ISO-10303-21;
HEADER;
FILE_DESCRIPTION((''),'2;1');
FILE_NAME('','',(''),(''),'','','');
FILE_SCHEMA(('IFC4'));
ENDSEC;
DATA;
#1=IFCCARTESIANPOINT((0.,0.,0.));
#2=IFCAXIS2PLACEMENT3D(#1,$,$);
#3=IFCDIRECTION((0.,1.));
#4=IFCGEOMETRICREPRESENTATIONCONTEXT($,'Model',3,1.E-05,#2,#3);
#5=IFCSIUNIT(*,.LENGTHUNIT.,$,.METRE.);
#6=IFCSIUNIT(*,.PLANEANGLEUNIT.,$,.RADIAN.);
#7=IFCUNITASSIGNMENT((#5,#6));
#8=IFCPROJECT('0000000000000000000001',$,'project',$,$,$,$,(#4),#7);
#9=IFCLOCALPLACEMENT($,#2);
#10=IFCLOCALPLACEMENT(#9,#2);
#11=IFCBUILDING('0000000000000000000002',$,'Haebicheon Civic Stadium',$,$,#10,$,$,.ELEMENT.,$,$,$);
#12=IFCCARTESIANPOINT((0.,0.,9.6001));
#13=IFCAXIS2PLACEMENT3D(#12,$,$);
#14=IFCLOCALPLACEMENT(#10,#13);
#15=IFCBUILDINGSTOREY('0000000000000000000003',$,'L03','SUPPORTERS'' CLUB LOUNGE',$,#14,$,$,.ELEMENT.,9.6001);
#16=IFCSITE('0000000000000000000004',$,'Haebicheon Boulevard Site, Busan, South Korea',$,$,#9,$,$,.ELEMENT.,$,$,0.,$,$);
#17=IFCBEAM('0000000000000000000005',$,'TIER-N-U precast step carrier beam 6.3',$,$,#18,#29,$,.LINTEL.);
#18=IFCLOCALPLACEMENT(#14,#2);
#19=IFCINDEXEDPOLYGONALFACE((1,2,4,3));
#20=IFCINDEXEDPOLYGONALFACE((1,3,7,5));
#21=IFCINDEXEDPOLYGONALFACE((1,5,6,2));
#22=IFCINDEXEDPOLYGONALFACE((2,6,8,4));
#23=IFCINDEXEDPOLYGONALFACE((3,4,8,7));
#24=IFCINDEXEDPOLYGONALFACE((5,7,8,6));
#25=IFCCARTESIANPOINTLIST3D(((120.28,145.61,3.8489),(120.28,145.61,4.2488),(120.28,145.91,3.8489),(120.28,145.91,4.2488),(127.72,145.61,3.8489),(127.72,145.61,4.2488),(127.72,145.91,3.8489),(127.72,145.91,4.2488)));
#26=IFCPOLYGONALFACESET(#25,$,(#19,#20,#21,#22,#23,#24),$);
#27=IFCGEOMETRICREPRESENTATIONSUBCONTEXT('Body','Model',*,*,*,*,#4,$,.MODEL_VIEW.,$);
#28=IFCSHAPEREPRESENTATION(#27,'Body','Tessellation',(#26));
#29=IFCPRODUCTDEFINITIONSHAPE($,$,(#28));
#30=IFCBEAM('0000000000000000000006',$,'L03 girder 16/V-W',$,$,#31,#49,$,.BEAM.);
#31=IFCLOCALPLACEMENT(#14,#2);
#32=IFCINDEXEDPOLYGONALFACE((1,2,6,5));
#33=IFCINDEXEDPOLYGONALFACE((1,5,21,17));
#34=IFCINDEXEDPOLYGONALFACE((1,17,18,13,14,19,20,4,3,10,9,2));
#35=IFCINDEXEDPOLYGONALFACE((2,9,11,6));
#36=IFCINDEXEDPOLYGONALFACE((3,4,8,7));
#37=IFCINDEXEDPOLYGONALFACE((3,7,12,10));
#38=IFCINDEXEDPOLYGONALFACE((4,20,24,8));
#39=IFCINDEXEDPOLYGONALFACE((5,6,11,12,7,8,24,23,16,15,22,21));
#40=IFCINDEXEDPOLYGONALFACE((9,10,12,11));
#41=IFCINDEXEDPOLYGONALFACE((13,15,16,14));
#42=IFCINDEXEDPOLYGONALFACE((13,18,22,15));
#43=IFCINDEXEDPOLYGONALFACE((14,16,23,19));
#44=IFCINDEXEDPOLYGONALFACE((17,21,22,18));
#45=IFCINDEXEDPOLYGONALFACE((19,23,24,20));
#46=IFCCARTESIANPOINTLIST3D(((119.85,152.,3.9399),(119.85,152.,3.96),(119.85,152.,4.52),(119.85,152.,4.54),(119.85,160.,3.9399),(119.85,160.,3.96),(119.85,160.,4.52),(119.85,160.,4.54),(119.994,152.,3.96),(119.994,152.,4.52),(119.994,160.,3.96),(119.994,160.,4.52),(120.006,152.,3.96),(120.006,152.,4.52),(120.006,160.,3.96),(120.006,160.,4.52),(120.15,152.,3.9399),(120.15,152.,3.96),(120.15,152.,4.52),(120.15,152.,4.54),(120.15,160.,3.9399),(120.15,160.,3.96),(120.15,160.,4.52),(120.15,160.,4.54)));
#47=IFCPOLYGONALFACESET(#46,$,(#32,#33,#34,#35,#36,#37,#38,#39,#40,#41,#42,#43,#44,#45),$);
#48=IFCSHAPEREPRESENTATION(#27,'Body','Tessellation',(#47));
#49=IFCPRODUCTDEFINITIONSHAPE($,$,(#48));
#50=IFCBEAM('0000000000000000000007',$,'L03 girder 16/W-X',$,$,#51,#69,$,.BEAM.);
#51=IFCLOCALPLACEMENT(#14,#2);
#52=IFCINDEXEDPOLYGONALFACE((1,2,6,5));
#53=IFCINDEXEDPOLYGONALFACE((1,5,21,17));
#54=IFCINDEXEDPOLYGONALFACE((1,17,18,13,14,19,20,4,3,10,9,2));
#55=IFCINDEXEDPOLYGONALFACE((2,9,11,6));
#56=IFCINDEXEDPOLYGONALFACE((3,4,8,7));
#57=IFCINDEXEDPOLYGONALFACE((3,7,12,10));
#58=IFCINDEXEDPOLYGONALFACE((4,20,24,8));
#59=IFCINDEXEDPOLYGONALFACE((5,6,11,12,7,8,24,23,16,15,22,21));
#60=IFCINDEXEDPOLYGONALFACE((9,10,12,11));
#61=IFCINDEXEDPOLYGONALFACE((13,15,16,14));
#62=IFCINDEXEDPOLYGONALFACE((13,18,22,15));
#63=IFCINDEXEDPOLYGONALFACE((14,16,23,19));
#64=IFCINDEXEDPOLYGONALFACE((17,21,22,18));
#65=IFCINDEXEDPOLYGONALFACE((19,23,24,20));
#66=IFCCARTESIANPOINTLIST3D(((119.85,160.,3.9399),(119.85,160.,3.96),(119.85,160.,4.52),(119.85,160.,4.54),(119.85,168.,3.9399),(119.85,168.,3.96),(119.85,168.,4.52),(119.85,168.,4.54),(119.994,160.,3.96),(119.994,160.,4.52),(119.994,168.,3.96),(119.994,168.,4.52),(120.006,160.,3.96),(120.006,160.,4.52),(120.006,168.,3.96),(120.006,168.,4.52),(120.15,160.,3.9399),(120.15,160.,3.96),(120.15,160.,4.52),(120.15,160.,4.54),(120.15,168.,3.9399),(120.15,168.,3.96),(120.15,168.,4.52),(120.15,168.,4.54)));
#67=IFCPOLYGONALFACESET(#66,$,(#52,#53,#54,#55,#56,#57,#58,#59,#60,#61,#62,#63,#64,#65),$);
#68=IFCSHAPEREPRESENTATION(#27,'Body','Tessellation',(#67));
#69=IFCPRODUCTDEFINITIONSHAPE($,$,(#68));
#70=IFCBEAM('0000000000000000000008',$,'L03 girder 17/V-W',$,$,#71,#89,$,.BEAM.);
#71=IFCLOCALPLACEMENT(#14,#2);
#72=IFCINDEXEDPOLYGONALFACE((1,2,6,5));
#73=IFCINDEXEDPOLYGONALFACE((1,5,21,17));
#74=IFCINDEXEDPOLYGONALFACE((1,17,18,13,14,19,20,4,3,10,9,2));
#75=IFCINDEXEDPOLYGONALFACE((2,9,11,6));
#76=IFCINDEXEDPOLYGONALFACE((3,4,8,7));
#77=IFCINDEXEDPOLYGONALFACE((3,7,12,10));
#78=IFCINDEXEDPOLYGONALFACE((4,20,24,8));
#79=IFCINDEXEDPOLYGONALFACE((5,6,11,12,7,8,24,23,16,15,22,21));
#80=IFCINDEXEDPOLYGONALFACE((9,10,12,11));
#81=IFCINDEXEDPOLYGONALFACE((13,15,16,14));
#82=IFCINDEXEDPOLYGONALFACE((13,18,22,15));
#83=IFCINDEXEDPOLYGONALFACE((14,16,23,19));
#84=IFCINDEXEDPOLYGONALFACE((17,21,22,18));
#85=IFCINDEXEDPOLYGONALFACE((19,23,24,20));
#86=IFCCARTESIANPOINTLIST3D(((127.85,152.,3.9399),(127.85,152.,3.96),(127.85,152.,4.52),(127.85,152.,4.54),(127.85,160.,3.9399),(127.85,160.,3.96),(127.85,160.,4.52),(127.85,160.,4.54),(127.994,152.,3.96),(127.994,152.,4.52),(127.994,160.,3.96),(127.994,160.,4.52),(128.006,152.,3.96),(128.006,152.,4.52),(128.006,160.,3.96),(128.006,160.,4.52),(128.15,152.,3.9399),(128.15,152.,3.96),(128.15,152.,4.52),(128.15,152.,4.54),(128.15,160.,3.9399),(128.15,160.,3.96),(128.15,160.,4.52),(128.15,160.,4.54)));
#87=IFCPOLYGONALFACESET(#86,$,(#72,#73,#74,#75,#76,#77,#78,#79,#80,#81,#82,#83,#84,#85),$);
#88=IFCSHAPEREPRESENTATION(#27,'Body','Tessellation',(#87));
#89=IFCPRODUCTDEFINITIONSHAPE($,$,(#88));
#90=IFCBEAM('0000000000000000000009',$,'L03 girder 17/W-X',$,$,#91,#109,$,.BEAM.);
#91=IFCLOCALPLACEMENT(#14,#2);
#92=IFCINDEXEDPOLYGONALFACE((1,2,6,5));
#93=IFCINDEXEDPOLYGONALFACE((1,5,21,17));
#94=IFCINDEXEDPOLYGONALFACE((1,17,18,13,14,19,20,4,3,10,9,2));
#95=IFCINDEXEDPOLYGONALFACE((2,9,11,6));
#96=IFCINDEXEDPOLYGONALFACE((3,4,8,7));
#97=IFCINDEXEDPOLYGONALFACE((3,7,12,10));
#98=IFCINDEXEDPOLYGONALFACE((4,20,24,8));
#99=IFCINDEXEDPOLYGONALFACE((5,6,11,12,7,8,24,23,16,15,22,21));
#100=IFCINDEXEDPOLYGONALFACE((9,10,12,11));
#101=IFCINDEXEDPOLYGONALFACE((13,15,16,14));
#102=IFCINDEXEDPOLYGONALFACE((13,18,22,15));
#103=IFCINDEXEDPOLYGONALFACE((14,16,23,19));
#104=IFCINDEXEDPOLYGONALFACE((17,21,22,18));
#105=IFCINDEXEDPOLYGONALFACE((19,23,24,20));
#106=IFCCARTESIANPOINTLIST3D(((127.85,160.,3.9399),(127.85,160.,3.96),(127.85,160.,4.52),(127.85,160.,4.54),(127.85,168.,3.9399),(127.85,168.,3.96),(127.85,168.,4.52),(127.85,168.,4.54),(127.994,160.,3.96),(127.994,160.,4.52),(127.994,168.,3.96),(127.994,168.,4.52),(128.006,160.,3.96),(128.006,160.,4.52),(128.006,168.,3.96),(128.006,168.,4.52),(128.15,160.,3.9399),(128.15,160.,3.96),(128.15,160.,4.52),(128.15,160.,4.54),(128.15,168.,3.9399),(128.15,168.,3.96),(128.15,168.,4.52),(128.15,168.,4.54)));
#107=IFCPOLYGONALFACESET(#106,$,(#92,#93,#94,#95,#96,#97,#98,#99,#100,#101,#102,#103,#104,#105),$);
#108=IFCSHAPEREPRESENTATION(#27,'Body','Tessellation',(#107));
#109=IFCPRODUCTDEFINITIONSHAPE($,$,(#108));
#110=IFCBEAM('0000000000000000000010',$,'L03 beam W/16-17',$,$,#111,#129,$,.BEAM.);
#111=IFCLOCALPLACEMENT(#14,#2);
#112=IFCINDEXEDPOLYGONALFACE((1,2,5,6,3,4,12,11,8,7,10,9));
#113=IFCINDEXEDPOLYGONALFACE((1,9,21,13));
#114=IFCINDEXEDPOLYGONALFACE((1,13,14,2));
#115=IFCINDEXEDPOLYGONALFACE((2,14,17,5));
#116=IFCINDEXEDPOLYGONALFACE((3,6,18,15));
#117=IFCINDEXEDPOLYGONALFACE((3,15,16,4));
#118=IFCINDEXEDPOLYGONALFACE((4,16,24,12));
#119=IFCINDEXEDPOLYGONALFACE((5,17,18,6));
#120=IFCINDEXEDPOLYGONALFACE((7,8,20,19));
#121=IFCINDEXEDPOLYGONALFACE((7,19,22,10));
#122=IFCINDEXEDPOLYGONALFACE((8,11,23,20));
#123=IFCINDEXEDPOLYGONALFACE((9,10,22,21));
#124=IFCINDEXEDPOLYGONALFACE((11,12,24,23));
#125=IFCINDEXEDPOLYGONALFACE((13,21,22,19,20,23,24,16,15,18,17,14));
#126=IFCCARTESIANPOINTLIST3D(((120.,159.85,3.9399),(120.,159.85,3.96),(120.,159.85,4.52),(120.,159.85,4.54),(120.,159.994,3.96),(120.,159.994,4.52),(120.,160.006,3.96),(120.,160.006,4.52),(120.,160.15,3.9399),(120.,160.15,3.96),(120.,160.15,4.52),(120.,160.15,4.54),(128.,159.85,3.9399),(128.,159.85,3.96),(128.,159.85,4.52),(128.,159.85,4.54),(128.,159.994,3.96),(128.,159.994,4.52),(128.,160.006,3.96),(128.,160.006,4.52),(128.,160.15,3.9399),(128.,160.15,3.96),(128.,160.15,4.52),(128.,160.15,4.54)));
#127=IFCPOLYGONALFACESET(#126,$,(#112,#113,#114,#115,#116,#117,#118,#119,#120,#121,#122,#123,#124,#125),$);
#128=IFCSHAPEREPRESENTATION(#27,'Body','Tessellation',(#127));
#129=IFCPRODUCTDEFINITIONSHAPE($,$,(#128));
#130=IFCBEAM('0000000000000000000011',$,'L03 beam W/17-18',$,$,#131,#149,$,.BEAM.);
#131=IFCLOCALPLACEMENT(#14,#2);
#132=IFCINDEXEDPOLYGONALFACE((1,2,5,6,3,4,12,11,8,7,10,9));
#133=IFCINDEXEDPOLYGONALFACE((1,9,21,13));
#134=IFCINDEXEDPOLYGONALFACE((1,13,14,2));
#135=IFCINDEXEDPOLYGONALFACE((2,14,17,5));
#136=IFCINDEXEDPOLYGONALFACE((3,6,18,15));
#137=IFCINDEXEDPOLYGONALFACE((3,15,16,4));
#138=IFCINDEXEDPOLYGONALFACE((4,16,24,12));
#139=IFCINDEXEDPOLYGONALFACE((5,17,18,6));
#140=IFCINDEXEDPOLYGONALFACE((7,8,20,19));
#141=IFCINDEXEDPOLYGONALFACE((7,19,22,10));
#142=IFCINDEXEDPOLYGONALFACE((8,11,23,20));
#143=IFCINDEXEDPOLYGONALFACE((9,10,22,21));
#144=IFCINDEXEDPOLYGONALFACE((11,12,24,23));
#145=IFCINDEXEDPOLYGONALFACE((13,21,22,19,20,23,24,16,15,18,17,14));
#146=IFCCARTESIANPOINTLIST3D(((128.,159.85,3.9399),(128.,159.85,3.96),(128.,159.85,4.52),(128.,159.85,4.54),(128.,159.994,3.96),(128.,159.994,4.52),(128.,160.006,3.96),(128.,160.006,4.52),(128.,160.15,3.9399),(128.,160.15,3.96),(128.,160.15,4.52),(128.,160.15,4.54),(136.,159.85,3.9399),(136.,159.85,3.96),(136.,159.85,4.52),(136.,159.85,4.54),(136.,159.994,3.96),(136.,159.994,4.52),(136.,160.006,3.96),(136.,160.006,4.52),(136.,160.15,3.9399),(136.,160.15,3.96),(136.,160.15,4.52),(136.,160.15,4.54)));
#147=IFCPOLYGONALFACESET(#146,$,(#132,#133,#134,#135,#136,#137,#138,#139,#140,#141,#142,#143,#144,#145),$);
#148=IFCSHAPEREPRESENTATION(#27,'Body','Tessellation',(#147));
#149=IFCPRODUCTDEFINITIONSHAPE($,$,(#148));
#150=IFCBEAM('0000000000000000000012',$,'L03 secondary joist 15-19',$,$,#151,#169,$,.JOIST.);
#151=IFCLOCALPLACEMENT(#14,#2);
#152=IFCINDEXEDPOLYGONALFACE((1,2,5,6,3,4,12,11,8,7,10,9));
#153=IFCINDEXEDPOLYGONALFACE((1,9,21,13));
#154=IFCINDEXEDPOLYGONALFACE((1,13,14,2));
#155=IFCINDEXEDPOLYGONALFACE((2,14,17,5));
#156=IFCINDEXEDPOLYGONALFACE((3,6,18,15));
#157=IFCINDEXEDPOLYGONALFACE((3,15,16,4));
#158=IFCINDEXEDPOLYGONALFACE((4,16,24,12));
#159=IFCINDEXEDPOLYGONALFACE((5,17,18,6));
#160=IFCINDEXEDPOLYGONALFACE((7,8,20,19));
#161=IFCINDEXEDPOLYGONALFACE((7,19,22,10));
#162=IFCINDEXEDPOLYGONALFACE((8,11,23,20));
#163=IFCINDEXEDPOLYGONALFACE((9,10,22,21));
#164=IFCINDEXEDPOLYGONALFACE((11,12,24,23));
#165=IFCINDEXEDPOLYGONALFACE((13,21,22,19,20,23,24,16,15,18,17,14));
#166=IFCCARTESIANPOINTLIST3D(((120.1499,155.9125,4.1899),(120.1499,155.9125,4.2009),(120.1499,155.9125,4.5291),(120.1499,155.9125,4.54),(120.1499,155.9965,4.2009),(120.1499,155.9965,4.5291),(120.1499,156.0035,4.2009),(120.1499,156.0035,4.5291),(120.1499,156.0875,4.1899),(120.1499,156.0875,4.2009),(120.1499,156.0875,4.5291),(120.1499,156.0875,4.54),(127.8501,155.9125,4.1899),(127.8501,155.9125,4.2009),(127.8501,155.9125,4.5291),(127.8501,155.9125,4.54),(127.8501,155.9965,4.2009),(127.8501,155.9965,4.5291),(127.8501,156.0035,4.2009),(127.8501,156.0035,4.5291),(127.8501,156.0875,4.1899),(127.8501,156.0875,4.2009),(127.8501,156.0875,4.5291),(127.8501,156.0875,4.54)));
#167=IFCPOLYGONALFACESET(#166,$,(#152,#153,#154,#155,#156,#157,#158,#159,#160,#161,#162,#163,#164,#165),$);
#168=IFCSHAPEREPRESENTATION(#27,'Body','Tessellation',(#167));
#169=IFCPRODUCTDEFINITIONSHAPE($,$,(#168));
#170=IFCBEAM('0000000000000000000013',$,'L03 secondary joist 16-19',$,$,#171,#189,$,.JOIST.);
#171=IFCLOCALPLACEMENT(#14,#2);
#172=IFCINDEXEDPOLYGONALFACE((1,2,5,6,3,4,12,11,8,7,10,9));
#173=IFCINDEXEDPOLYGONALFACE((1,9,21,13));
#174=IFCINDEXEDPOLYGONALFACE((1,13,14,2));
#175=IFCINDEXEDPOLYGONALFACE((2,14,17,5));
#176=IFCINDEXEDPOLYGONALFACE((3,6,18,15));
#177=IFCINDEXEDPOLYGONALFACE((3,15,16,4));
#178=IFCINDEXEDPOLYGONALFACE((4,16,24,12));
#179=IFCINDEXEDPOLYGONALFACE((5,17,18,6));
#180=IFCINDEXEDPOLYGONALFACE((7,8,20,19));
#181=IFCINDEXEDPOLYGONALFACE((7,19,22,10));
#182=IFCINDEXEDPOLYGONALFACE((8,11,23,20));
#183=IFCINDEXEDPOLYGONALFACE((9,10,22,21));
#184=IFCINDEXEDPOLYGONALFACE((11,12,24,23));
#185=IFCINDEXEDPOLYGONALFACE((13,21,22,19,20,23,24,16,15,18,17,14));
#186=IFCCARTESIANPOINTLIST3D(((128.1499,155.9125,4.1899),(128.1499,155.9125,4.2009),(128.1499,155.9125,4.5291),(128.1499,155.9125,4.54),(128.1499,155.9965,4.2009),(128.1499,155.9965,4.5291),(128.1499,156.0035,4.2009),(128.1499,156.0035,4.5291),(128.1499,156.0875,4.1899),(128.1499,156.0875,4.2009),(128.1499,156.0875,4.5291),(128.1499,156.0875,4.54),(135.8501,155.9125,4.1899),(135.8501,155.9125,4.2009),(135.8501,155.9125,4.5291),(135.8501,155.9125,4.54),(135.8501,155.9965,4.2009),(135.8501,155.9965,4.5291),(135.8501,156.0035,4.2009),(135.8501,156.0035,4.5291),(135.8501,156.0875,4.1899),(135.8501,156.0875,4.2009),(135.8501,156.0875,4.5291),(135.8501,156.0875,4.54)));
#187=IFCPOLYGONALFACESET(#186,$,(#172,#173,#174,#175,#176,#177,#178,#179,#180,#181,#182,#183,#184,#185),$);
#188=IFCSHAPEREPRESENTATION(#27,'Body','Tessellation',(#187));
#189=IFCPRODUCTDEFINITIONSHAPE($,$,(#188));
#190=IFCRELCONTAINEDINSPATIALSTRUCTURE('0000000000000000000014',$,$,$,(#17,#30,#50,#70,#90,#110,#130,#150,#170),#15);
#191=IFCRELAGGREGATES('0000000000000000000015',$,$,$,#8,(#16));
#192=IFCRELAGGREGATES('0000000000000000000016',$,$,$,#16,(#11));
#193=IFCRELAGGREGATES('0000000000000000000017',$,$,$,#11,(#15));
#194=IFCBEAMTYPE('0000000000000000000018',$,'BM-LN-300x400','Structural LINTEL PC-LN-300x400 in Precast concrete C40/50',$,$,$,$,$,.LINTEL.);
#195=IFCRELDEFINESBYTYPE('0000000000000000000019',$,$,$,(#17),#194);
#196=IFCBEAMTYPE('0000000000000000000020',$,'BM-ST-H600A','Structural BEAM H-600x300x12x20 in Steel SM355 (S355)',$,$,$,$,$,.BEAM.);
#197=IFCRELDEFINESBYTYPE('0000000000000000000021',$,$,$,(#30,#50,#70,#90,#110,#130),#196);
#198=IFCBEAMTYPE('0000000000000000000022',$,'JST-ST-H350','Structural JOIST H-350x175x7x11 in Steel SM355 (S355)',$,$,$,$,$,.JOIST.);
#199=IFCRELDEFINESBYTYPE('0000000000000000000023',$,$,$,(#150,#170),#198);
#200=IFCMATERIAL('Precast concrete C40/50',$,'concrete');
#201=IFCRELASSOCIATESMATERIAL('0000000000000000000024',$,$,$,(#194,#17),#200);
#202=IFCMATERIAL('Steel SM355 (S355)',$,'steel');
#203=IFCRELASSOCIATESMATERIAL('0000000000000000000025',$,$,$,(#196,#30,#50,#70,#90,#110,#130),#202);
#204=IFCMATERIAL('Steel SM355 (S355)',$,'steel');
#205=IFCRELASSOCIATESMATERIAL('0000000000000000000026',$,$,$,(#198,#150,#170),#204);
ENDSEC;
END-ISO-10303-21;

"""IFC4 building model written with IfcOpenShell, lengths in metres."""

from ifc_helpers import new_model, si_unit, direction, frame, origin, origin_2d, place, context, subcontext, project, spatial, rectangle, i_section, extrude, material, material_profile, profile_set, type_object, element, save


model = new_model("IFC4")

# Units and contexts
model_context = context("Model", 3, precision=1e-05, world=origin(), true_north=direction((0.0, 1.0)))
body_context = subcontext(model_context, "Body", "Model", "MODEL_VIEW")
ifc_project = project(units=[si_unit("LENGTHUNIT", "METRE"), si_unit("PLANEANGLEUNIT", "RADIAN")], contexts=[model_context])

# Site, building, storey
site_placement = place(None, origin())
site = spatial("IfcSite", under=ifc_project, at=site_placement, Name="Haebicheon Boulevard Site, Busan, South Korea", CompositionType="ELEMENT", RefElevation=0.0)
building_placement = place(site_placement, origin())
building = spatial("IfcBuilding", under=site, at=building_placement, Name="Haebicheon Civic Stadium", CompositionType="ELEMENT")
storey_placement = place(building_placement, frame((0.0, 0.0, 9.6001)))
storey = spatial("IfcBuildingStorey", under=building, at=storey_placement, Name="L03", Description="SUPPORTERS' CLUB LOUNGE", CompositionType="ELEMENT", Elevation=9.6001)

# Beams
ifc_material_1 = material(Name="Precast concrete C40/50", Category="concrete")
ifc_material_profile_1 = material_profile(ifc_material_1, rectangle(XDim=0.3, YDim=0.3999, at=origin_2d()), Name="PC-LN-300x400")
ifc_profile_set_1 = profile_set([ifc_material_profile_1], Name="Precast concrete C40/50")
beam_type_1 = type_object("IfcBeamType", Name="BM-LN-300x400", Description="Structural LINTEL PC-LN-300x400 in Precast concrete C40/50", PredefinedType="LINTEL", material=ifc_profile_set_1)
for number, where, z_axis, x_axis, name in (
    (1, (120.28, 145.76, 4.0488), (1.0, 0.0, 0.0), (0.0, 1.0, 0.0), "TIER-N-U precast step carrier beam 6.3"),
):
    element("IfcBeam", number, at=place(storey_placement, frame(where, z_axis=z_axis, x_axis=x_axis)), inside=storey, type_object=beam_type_1, material=ifc_profile_set_1, Name=name, PredefinedType="LINTEL", context=body_context, shape_type="SweptSolid", body=[
        extrude(rectangle(XDim=0.3, YDim=0.3999, at=origin_2d()), origin(), (0.0, 0.0, 1.0), 7.4399),
    ])
ifc_material_2 = material(Name="Steel SM355 (S355)", Category="steel")
ifc_material_profile_2 = material_profile(ifc_material_2, i_section(OverallWidth=0.3, OverallDepth=0.6001, WebThickness=0.012, FlangeThickness=0.02, at=origin_2d()), Name="H-600x300x12x20")
ifc_profile_set_2 = profile_set([ifc_material_profile_2], Name="Steel SM355 (S355)")
beam_type_2 = type_object("IfcBeamType", Name="BM-ST-H600A", Description="Structural BEAM H-600x300x12x20 in Steel SM355 (S355)", PredefinedType="BEAM", material=ifc_profile_set_2)
for number, where, z_axis, x_axis, name in (
    (2, (120.0, 152.0, 4.24), (0.0, 1.0, 0.0), (-1.0, 0.0, 0.0), "L03 girder 16/V-W"),
    (3, (120.0, 160.0, 4.24), (0.0, 1.0, 0.0), (-1.0, 0.0, 0.0), "L03 girder 16/W-X"),
    (4, (128.0, 152.0, 4.24), (0.0, 1.0, 0.0), (-1.0, 0.0, 0.0), "L03 girder 17/V-W"),
    (5, (128.0, 160.0, 4.24), (0.0, 1.0, 0.0), (-1.0, 0.0, 0.0), "L03 girder 17/W-X"),
    (6, (120.0, 160.0, 4.24), (1.0, 0.0, 0.0), (0.0, 1.0, 0.0), "L03 beam W/16-17"),
    (7, (128.0, 160.0, 4.24), (1.0, 0.0, 0.0), (0.0, 1.0, 0.0), "L03 beam W/17-18"),
):
    element("IfcBeam", number, at=place(storey_placement, frame(where, z_axis=z_axis, x_axis=x_axis)), inside=storey, type_object=beam_type_2, material=ifc_profile_set_2, Name=name, PredefinedType="BEAM", context=body_context, shape_type="SweptSolid", body=[
        extrude(i_section(OverallWidth=0.3, OverallDepth=0.6001, WebThickness=0.012, FlangeThickness=0.02, at=origin_2d()), origin(), (0.0, 0.0, 1.0), 8.0),
    ])
ifc_material_3 = material(Name="Steel SM355 (S355)", Category="steel")
ifc_material_profile_3 = material_profile(ifc_material_3, i_section(OverallWidth=0.175, OverallDepth=0.3501, WebThickness=0.0071, FlangeThickness=0.011, at=origin_2d()), Name="H-350x175x7x11")
ifc_profile_set_3 = profile_set([ifc_material_profile_3], Name="Steel SM355 (S355)")
beam_type_3 = type_object("IfcBeamType", Name="JST-ST-H350", Description="Structural JOIST H-350x175x7x11 in Steel SM355 (S355)", PredefinedType="JOIST", material=ifc_profile_set_3)
for number, where, z_axis, x_axis, name in (
    (8, (120.1499, 156.0, 4.365), (1.0, 0.0, 0.0), (0.0, 1.0, 0.0), "L03 secondary joist 15-19"),
    (9, (128.1499, 156.0, 4.365), (1.0, 0.0, 0.0), (0.0, 1.0, 0.0), "L03 secondary joist 16-19"),
):
    element("IfcBeam", number, at=place(storey_placement, frame(where, z_axis=z_axis, x_axis=x_axis)), inside=storey, type_object=beam_type_3, material=ifc_profile_set_3, Name=name, PredefinedType="JOIST", context=body_context, shape_type="SweptSolid", body=[
        extrude(i_section(OverallWidth=0.175, OverallDepth=0.3501, WebThickness=0.0071, FlangeThickness=0.011, at=origin_2d()), origin(), (0.0, 0.0, 1.0), 7.7002),
    ])

save(model, "model.ifc")
